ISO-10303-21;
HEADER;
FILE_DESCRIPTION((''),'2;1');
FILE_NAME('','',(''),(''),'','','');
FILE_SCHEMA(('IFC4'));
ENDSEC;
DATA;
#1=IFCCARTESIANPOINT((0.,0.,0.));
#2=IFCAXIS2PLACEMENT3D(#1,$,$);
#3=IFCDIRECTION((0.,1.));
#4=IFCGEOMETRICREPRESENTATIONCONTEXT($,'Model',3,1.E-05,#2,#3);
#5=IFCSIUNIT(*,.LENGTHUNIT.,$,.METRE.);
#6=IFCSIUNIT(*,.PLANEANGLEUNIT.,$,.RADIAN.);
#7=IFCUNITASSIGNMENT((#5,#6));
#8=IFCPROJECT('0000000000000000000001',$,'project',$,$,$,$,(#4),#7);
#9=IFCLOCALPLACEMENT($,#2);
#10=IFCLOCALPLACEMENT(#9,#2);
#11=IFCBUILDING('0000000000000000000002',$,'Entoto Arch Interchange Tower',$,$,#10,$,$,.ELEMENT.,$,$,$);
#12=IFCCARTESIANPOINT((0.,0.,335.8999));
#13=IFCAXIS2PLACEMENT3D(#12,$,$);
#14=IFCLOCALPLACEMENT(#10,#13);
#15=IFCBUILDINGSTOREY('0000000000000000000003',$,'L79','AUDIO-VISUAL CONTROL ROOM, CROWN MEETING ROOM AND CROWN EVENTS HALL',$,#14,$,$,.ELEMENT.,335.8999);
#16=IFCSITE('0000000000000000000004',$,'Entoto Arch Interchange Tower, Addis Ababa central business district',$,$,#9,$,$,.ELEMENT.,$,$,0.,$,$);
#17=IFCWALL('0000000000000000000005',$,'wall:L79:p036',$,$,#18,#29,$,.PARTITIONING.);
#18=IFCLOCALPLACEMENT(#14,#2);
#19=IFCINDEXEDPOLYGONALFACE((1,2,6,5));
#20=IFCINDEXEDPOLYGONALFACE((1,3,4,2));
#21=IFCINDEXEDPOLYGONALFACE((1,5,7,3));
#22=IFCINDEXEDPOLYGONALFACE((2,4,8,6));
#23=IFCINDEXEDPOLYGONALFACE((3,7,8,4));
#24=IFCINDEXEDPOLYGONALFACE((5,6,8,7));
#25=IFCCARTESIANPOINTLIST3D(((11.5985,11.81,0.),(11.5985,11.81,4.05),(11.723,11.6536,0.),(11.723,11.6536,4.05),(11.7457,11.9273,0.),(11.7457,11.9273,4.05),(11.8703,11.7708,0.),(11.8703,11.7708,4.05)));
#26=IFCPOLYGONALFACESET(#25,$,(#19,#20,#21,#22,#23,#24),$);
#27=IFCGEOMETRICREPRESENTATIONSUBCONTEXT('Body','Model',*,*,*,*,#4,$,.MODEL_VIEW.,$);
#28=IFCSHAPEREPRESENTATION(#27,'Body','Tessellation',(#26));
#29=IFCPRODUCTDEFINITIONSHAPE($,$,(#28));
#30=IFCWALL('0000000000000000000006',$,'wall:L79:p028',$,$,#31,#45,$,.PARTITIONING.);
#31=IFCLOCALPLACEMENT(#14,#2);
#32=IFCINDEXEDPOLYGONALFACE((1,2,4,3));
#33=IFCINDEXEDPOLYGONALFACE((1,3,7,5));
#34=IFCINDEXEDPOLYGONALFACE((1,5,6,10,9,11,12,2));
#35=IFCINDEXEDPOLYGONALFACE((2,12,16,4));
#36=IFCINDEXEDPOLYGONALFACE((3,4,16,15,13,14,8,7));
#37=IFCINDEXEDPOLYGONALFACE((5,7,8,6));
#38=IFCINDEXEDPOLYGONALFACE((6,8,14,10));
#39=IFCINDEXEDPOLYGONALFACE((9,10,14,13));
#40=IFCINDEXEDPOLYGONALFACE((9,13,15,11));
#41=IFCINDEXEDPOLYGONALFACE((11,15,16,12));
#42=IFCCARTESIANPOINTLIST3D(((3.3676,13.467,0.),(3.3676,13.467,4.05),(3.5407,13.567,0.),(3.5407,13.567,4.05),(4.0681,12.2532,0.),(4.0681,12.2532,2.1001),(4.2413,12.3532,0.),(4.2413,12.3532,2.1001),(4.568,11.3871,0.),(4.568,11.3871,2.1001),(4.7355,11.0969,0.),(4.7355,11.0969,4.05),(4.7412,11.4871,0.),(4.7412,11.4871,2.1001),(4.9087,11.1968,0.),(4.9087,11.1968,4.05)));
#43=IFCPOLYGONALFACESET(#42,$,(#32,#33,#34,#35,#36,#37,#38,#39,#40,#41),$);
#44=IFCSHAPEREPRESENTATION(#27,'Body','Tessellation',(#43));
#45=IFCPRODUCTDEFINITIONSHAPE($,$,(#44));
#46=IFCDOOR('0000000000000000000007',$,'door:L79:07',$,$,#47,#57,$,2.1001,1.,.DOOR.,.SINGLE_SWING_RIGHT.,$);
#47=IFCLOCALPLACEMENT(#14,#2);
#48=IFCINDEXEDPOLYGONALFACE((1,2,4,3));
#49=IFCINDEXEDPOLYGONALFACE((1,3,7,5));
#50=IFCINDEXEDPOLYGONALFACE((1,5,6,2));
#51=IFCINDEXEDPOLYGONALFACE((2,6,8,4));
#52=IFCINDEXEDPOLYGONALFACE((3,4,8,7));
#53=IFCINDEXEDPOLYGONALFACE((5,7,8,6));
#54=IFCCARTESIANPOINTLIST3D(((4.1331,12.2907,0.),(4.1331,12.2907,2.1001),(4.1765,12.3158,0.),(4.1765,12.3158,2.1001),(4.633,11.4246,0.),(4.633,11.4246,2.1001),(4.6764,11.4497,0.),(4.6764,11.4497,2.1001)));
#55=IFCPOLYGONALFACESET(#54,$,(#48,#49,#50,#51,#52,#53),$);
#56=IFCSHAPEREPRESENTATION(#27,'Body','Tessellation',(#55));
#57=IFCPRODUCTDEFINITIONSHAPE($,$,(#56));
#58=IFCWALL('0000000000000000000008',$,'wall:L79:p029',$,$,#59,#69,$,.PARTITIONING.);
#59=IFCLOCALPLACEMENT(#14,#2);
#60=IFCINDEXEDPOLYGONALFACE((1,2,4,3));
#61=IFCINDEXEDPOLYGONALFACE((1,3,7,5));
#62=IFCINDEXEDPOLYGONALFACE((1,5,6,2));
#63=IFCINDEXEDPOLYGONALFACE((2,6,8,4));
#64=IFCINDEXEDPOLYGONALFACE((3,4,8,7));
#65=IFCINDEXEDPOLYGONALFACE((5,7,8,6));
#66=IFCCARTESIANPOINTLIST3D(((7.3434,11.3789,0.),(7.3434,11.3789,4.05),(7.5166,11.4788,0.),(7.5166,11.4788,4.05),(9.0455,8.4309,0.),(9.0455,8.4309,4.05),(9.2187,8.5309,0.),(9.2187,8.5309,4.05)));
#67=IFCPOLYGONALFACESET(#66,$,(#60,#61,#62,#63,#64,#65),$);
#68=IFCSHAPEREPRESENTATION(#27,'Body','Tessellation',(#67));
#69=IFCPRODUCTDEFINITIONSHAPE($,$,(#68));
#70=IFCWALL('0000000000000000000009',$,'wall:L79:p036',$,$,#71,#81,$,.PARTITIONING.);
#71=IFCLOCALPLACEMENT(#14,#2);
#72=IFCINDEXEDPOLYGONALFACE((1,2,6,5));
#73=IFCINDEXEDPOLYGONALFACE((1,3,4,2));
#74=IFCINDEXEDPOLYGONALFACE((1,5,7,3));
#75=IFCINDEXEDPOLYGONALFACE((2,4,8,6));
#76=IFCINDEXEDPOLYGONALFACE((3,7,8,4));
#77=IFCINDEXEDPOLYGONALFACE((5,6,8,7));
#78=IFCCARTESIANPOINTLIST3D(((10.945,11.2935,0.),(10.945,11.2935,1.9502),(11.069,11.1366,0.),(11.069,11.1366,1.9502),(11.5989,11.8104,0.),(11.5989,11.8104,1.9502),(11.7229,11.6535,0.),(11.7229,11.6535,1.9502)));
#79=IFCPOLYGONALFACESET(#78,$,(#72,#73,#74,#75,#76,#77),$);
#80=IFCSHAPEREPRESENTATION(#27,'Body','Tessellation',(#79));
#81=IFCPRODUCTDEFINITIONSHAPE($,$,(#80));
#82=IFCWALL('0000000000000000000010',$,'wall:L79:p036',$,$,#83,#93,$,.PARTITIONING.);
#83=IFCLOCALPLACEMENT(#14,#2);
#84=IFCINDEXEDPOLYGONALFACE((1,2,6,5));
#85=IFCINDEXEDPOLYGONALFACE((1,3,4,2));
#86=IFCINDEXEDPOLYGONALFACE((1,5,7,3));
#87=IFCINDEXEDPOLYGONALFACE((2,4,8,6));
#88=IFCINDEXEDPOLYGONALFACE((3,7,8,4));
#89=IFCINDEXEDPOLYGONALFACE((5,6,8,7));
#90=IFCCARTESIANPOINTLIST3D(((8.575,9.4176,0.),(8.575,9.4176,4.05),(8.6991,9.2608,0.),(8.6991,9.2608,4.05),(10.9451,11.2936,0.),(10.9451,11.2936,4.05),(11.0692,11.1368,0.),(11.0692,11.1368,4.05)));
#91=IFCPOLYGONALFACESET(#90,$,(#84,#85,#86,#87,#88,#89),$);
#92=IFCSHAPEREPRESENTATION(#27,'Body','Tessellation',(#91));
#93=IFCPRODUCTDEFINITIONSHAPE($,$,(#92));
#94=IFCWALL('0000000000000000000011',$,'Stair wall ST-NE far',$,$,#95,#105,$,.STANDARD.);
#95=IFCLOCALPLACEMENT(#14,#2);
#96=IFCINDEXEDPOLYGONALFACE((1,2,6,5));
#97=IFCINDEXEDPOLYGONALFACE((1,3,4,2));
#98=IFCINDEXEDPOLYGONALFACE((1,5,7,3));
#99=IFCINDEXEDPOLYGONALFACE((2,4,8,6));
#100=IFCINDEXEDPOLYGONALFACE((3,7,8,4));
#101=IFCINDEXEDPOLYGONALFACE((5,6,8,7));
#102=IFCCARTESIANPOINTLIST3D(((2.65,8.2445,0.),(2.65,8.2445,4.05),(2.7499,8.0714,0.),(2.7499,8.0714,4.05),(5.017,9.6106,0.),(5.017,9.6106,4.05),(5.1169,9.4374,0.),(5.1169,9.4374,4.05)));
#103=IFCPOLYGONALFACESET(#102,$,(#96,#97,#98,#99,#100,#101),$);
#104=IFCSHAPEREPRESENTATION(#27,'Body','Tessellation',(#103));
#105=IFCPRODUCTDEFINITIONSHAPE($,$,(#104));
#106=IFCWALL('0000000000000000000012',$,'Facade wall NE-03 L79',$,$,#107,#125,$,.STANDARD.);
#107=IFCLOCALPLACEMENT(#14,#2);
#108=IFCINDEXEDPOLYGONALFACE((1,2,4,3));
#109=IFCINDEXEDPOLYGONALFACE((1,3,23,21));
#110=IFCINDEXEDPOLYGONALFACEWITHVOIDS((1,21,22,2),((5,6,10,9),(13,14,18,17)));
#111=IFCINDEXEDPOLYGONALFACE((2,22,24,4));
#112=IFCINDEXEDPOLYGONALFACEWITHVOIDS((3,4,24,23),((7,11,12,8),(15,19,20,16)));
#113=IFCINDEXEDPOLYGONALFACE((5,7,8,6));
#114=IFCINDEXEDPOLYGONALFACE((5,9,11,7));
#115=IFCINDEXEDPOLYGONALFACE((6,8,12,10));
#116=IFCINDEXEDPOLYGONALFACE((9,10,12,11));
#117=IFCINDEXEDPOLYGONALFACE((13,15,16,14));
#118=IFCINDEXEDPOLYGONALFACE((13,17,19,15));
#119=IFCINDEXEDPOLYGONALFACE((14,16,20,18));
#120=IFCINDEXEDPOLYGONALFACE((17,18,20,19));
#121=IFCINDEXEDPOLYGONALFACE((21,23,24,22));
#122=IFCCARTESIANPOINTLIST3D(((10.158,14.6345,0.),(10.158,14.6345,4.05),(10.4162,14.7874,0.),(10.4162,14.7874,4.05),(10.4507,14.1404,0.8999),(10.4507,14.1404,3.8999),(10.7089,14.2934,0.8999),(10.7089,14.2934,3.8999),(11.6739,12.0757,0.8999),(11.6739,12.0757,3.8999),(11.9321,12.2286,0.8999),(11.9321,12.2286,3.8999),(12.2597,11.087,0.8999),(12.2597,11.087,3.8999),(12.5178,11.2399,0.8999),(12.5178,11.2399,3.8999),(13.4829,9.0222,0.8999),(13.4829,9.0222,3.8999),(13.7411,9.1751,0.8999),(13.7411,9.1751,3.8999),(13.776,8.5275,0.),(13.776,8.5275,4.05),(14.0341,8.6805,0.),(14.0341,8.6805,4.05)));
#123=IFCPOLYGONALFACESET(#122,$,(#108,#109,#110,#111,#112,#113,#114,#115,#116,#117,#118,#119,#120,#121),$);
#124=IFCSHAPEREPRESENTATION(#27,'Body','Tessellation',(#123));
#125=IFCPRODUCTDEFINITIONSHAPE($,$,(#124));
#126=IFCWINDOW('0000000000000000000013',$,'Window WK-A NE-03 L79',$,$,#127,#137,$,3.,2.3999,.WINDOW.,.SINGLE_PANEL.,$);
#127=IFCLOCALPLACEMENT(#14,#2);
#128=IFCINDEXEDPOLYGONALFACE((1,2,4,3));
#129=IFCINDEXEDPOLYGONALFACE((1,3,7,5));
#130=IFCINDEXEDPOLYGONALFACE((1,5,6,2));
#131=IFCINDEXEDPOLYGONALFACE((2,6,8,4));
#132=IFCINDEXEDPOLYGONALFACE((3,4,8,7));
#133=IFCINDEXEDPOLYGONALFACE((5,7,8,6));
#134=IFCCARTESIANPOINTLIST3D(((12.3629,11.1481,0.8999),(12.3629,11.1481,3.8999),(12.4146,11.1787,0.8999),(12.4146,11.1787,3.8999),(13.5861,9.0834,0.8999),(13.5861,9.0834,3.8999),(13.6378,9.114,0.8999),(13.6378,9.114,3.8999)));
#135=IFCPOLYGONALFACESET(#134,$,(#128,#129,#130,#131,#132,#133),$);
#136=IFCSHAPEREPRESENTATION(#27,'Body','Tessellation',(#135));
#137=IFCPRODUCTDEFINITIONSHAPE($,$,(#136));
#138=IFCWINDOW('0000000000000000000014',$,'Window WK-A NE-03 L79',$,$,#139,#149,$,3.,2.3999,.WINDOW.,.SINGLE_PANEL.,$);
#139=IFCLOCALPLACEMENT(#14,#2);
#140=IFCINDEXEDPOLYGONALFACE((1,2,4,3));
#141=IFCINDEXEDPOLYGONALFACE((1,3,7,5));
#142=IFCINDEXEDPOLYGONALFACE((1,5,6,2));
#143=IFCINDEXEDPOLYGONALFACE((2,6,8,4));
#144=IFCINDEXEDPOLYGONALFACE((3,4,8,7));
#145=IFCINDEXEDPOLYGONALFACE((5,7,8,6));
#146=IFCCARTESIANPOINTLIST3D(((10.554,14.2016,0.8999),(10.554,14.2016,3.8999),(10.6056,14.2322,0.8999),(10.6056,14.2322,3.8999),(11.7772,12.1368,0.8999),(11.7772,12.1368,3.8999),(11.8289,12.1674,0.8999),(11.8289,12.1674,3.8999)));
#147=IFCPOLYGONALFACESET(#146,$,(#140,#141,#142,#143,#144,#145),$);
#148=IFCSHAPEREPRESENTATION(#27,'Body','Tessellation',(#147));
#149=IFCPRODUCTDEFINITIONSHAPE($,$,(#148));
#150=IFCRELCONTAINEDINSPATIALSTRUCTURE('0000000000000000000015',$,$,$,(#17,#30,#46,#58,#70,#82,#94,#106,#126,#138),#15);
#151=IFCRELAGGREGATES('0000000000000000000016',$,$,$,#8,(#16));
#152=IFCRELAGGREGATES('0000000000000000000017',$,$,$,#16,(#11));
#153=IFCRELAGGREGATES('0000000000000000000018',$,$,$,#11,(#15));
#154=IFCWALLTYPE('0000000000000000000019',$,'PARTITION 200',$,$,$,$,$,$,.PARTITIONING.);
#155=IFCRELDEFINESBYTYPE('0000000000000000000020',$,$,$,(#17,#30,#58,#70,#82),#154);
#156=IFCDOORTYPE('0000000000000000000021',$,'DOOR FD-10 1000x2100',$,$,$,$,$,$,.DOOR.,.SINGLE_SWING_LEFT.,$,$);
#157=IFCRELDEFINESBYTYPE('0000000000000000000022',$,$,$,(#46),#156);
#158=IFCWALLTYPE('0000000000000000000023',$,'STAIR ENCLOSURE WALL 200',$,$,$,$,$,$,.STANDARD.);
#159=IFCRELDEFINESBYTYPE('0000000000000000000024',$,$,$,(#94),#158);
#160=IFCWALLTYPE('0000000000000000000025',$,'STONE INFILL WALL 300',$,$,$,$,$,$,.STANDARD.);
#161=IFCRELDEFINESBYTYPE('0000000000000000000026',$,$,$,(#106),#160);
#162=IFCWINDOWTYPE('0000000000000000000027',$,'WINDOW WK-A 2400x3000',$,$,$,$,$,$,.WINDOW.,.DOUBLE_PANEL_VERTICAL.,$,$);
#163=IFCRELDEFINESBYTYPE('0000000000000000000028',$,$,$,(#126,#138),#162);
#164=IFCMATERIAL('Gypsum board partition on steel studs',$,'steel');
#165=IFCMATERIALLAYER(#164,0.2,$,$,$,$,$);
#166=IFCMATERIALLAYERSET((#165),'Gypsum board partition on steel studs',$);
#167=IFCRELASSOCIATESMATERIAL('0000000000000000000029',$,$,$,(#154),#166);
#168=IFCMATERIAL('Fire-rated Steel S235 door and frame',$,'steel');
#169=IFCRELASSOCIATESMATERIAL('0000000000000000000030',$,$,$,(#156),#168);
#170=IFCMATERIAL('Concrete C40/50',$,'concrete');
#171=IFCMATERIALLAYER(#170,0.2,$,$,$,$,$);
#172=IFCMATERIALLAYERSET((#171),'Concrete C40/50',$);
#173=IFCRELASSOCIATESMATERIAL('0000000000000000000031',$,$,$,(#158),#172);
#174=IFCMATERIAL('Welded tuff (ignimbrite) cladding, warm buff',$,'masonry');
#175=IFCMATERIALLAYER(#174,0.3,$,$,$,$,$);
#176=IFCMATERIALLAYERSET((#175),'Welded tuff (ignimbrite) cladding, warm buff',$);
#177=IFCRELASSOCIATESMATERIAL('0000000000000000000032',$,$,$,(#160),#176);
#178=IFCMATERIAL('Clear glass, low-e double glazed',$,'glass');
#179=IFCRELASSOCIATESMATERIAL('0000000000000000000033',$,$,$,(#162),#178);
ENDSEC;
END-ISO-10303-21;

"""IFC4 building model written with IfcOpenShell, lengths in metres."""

from ifc_helpers import new_model, si_unit, direction, frame, frame_2d, origin, place, context, subcontext, project, spatial, rectangle, extrude, material, layer, layer_set, type_object, element, fill, save


model = new_model("IFC4")

# Units and contexts
model_context = context("Model", 3, precision=1e-05, world=origin(), true_north=direction((0.0, 1.0)))
body_context = subcontext(model_context, "Body", "Model", "MODEL_VIEW")
ifc_project = project(units=[si_unit("LENGTHUNIT", "METRE"), si_unit("PLANEANGLEUNIT", "RADIAN")], contexts=[model_context])

# Site, building, storey
site_placement = place(None, origin())
site = spatial("IfcSite", under=ifc_project, at=site_placement, Name="Entoto Arch Interchange Tower, Addis Ababa central business district", CompositionType="ELEMENT", RefElevation=0.0)
building_placement = place(site_placement, origin())
building = spatial("IfcBuilding", under=site, at=building_placement, Name="Entoto Arch Interchange Tower", CompositionType="ELEMENT")
storey_placement = place(building_placement, frame((0.0, 0.0, 335.8999)))
storey = spatial("IfcBuildingStorey", under=building, at=storey_placement, Name="L79", Description="AUDIO-VISUAL CONTROL ROOM, CROWN MEETING ROOM AND CROWN EVENTS HALL", CompositionType="ELEMENT", Elevation=335.8999)

# Shared definitions
ifc_material_1 = material(Name="Concrete C40/50", Category="concrete")

# Shared definitions
ifc_material_2 = material(Name="Fire-rated Steel S235 door and frame", Category="steel")

# Shared definitions
ifc_material_3 = material(Name="Gypsum board partition on steel studs", Category="steel")
ifc_layer_1 = layer(ifc_material_3, 0.2)
ifc_layer_set_1 = layer_set([ifc_layer_1], Name="Gypsum board partition on steel studs")
wall_type_1 = type_object("IfcWallType", Name="PARTITION 200", PredefinedType="PARTITIONING", material=ifc_layer_set_1)
door_type_1 = type_object("IfcDoorType", Name="DOOR FD-10 1000x2100", OperationType="SINGLE_SWING_LEFT", PredefinedType="DOOR", material=ifc_material_2)

# Wall
wall_1_placement = place(storey_placement, frame((11.8081, 11.8491, 0.0), z_axis=(0.0, 0.0, 1.0), x_axis=(-0.782386, -0.622794, 0.0)))
element("IfcWall", 1, at=wall_1_placement, inside=storey, type_object=wall_type_1, Name="wall:L79:p036", PredefinedType="PARTITIONING", context=body_context, shape_type="SweptSolid", body=[
    extrude(rectangle(XDim=0.1882, YDim=0.2, at=frame_2d((0.0942, 0.0))), origin(), (0.0, 0.0, 1.0), 4.05),
])

# Wall, opening, door
wall_2_placement = place(storey_placement, frame((4.822, 11.147, 0.0), z_axis=(0.0, 0.0, 1.0), x_axis=(-0.499872, 0.866099, 0.0)))
wall_2 = element("IfcWall", 2, at=wall_2_placement, inside=storey, type_object=wall_type_1, Name="wall:L79:p028", PredefinedType="PARTITIONING", context=body_context, shape_type="SweptSolid", body=[
    extrude(rectangle(XDim=2.7366, YDim=0.2, at=frame_2d((1.3682, 0.0))), origin(), (0.0, 0.0, 1.0), 4.05),
])
opening_1_placement = place(wall_2_placement, frame((0.335, 0.0, 0.0)))
opening_1 = element("IfcOpeningElement", 3, at=opening_1_placement, cuts=wall_2, PredefinedType="OPENING", context=body_context, shape_type="SweptSolid", body=[
    extrude(rectangle(XDim=1.0, YDim=2.1001, at=frame_2d((0.5, 1.05))), frame((0.0, 0.1099, 0.0), z_axis=(0.0, -1.0, 0.0), x_axis=(1.0, 0.0, 0.0)), (0.0, 0.0, 1.0), 0.22),
])
door_1_placement = place(opening_1_placement, origin())
door_1 = element("IfcDoor", 4, at=door_1_placement, inside=storey, type_object=door_type_1, Name="door:L79:07", OperationType="SINGLE_SWING_RIGHT", OverallHeight=2.1001, OverallWidth=1.0, PredefinedType="DOOR", context=body_context, shape_type="SweptSolid", body=[
    extrude(rectangle(XDim=1.0, YDim=2.1001, at=frame_2d((0.5, 1.05))), frame((0.0, 0.0249, 0.0), z_axis=(0.0, -1.0, 0.0), x_axis=(1.0, 0.0, 0.0)), (0.0, 0.0, 1.0), 0.05),
])
fill(opening_1, door_1)

# Walls
wall_3_placement = place(storey_placement, frame((7.4299, 11.429, 0.0), z_axis=(0.0, 0.0, 1.0), x_axis=(0.500027, -0.86601, 0.0)))
element("IfcWall", 5, at=wall_3_placement, inside=storey, type_object=wall_type_1, Name="wall:L79:p029", PredefinedType="PARTITIONING", context=body_context, shape_type="SweptSolid", body=[
    extrude(rectangle(XDim=3.4041, YDim=0.2, at=frame_2d((1.7021, 0.0))), origin(), (0.0, 0.0, 1.0), 4.05),
])
wall_4_placement = place(storey_placement, frame((11.6609, 11.7319, 0.0), z_axis=(0.0, 0.0, 1.0), x_axis=(-0.784485, -0.620148, 0.0)))
element("IfcWall", 6, at=wall_4_placement, inside=storey, type_object=wall_type_1, Name="wall:L79:p036", PredefinedType="PARTITIONING", context=body_context, shape_type="SweptSolid", body=[
    extrude(rectangle(XDim=0.8335, YDim=0.2, at=frame_2d((0.4167, 0.0))), origin(), (0.0, 0.0, 1.0), 1.9502),
])
wall_5_placement = place(storey_placement, frame((11.0071, 11.2151, 0.0), z_axis=(0.0, 0.0, 1.0), x_axis=(-0.784105, -0.620628, 0.0)))
element("IfcWall", 7, at=wall_5_placement, inside=storey, type_object=wall_type_1, Name="wall:L79:p036", PredefinedType="PARTITIONING", context=body_context, shape_type="SweptSolid", body=[
    extrude(rectangle(XDim=3.0227, YDim=0.2, at=frame_2d((1.5112, 0.0))), origin(), (0.0, 0.0, 1.0), 4.05),
])
ifc_layer_2 = layer(ifc_material_1, 0.2)
ifc_layer_set_2 = layer_set([ifc_layer_2], Name="Concrete C40/50")
wall_type_2 = type_object("IfcWallType", Name="STAIR ENCLOSURE WALL 200", PredefinedType="STANDARD", material=ifc_layer_set_2)
wall_6_placement = place(storey_placement, frame((2.7, 8.158, 0.0), z_axis=(0.0, 0.0, 1.0), x_axis=(0.866119, 0.499838, 0.0)))
element("IfcWall", 8, at=wall_6_placement, inside=storey, type_object=wall_type_2, Name="Stair wall ST-NE far", PredefinedType="STANDARD", context=body_context, shape_type="SweptSolid", body=[
    extrude(rectangle(XDim=2.7329, YDim=0.2, at=frame_2d((1.3665, 0.0))), origin(), (0.0, 0.0, 1.0), 4.05),
])

# Wall, openings, windows
ifc_material_4 = material(Name="Welded tuff (ignimbrite) cladding, warm buff", Category="masonry")
ifc_layer_3 = layer(ifc_material_4, 0.3)
ifc_layer_set_3 = layer_set([ifc_layer_3], Name="Welded tuff (ignimbrite) cladding, warm buff")
wall_type_3 = type_object("IfcWallType", Name="STONE INFILL WALL 300", PredefinedType="STANDARD", material=ifc_layer_set_3)
wall_7_placement = place(storey_placement, frame((13.905, 8.604, 0.0), z_axis=(0.0, 0.0, 1.0), x_axis=(-0.509698, 0.860354, 0.0)))
wall_7 = element("IfcWall", 9, at=wall_7_placement, inside=storey, type_object=wall_type_3, Name="Facade wall NE-03 L79", PredefinedType="STANDARD", context=body_context, shape_type="SweptSolid", body=[
    extrude(rectangle(XDim=7.0981, YDim=0.3, at=frame_2d((3.5491, 0.0))), origin(), (0.0, 0.0, 1.0), 4.05),
])
opening_2_placement = place(wall_7_placement, frame((0.575, 0.0, 0.8999)))
opening_2 = element("IfcOpeningElement", 10, at=opening_2_placement, cuts=wall_7, PredefinedType="OPENING", context=body_context, shape_type="SweptSolid", body=[
    extrude(rectangle(XDim=2.3999, YDim=3.0, at=frame_2d((1.2, 1.5))), frame((0.0, 0.1602, 0.0), z_axis=(0.0, -1.0, 0.0), x_axis=(1.0, 0.0, 0.0)), (0.0, 0.0, 1.0), 0.3201),
])
opening_3_placement = place(wall_7_placement, frame((4.124, 0.0, 0.8999)))
opening_3 = element("IfcOpeningElement", 11, at=opening_3_placement, cuts=wall_7, PredefinedType="OPENING", context=body_context, shape_type="SweptSolid", body=[
    extrude(rectangle(XDim=2.3999, YDim=3.0, at=frame_2d((1.2, 1.5))), frame((0.0, 0.1602, 0.0), z_axis=(0.0, -1.0, 0.0), x_axis=(1.0, 0.0, 0.0)), (0.0, 0.0, 1.0), 0.3201),
])
ifc_material_5 = material(Name="Clear glass, low-e double glazed", Category="glass")
window_type = type_object("IfcWindowType", Name="WINDOW WK-A 2400x3000", PartitioningType="DOUBLE_PANEL_VERTICAL", PredefinedType="WINDOW", material=ifc_material_5)
window_1_placement = place(opening_2_placement, origin())
window_1 = element("IfcWindow", 12, at=window_1_placement, inside=storey, type_object=window_type, Name="Window WK-A NE-03 L79", OverallHeight=3.0, OverallWidth=2.3999, PartitioningType="SINGLE_PANEL", PredefinedType="WINDOW", context=body_context, shape_type="SweptSolid", body=[
    extrude(rectangle(XDim=2.3999, YDim=3.0, at=frame_2d((1.2, 1.5))), frame((0.0, 0.03, 0.0), z_axis=(0.0, -1.0, 0.0), x_axis=(1.0, 0.0, 0.0)), (0.0, 0.0, 1.0), 0.0601),
])
fill(opening_2, window_1)
window_2_placement = place(opening_3_placement, origin())
window_2 = element("IfcWindow", 13, at=window_2_placement, inside=storey, type_object=window_type, Name="Window WK-A NE-03 L79", OverallHeight=3.0, OverallWidth=2.3999, PartitioningType="SINGLE_PANEL", PredefinedType="WINDOW", context=body_context, shape_type="SweptSolid", body=[
    extrude(rectangle(XDim=2.3999, YDim=3.0, at=frame_2d((1.2, 1.5))), frame((0.0, 0.03, 0.0), z_axis=(0.0, -1.0, 0.0), x_axis=(1.0, 0.0, 0.0)), (0.0, 0.0, 1.0), 0.0601),
])
fill(opening_3, window_2)

save(model, "model.ifc")
